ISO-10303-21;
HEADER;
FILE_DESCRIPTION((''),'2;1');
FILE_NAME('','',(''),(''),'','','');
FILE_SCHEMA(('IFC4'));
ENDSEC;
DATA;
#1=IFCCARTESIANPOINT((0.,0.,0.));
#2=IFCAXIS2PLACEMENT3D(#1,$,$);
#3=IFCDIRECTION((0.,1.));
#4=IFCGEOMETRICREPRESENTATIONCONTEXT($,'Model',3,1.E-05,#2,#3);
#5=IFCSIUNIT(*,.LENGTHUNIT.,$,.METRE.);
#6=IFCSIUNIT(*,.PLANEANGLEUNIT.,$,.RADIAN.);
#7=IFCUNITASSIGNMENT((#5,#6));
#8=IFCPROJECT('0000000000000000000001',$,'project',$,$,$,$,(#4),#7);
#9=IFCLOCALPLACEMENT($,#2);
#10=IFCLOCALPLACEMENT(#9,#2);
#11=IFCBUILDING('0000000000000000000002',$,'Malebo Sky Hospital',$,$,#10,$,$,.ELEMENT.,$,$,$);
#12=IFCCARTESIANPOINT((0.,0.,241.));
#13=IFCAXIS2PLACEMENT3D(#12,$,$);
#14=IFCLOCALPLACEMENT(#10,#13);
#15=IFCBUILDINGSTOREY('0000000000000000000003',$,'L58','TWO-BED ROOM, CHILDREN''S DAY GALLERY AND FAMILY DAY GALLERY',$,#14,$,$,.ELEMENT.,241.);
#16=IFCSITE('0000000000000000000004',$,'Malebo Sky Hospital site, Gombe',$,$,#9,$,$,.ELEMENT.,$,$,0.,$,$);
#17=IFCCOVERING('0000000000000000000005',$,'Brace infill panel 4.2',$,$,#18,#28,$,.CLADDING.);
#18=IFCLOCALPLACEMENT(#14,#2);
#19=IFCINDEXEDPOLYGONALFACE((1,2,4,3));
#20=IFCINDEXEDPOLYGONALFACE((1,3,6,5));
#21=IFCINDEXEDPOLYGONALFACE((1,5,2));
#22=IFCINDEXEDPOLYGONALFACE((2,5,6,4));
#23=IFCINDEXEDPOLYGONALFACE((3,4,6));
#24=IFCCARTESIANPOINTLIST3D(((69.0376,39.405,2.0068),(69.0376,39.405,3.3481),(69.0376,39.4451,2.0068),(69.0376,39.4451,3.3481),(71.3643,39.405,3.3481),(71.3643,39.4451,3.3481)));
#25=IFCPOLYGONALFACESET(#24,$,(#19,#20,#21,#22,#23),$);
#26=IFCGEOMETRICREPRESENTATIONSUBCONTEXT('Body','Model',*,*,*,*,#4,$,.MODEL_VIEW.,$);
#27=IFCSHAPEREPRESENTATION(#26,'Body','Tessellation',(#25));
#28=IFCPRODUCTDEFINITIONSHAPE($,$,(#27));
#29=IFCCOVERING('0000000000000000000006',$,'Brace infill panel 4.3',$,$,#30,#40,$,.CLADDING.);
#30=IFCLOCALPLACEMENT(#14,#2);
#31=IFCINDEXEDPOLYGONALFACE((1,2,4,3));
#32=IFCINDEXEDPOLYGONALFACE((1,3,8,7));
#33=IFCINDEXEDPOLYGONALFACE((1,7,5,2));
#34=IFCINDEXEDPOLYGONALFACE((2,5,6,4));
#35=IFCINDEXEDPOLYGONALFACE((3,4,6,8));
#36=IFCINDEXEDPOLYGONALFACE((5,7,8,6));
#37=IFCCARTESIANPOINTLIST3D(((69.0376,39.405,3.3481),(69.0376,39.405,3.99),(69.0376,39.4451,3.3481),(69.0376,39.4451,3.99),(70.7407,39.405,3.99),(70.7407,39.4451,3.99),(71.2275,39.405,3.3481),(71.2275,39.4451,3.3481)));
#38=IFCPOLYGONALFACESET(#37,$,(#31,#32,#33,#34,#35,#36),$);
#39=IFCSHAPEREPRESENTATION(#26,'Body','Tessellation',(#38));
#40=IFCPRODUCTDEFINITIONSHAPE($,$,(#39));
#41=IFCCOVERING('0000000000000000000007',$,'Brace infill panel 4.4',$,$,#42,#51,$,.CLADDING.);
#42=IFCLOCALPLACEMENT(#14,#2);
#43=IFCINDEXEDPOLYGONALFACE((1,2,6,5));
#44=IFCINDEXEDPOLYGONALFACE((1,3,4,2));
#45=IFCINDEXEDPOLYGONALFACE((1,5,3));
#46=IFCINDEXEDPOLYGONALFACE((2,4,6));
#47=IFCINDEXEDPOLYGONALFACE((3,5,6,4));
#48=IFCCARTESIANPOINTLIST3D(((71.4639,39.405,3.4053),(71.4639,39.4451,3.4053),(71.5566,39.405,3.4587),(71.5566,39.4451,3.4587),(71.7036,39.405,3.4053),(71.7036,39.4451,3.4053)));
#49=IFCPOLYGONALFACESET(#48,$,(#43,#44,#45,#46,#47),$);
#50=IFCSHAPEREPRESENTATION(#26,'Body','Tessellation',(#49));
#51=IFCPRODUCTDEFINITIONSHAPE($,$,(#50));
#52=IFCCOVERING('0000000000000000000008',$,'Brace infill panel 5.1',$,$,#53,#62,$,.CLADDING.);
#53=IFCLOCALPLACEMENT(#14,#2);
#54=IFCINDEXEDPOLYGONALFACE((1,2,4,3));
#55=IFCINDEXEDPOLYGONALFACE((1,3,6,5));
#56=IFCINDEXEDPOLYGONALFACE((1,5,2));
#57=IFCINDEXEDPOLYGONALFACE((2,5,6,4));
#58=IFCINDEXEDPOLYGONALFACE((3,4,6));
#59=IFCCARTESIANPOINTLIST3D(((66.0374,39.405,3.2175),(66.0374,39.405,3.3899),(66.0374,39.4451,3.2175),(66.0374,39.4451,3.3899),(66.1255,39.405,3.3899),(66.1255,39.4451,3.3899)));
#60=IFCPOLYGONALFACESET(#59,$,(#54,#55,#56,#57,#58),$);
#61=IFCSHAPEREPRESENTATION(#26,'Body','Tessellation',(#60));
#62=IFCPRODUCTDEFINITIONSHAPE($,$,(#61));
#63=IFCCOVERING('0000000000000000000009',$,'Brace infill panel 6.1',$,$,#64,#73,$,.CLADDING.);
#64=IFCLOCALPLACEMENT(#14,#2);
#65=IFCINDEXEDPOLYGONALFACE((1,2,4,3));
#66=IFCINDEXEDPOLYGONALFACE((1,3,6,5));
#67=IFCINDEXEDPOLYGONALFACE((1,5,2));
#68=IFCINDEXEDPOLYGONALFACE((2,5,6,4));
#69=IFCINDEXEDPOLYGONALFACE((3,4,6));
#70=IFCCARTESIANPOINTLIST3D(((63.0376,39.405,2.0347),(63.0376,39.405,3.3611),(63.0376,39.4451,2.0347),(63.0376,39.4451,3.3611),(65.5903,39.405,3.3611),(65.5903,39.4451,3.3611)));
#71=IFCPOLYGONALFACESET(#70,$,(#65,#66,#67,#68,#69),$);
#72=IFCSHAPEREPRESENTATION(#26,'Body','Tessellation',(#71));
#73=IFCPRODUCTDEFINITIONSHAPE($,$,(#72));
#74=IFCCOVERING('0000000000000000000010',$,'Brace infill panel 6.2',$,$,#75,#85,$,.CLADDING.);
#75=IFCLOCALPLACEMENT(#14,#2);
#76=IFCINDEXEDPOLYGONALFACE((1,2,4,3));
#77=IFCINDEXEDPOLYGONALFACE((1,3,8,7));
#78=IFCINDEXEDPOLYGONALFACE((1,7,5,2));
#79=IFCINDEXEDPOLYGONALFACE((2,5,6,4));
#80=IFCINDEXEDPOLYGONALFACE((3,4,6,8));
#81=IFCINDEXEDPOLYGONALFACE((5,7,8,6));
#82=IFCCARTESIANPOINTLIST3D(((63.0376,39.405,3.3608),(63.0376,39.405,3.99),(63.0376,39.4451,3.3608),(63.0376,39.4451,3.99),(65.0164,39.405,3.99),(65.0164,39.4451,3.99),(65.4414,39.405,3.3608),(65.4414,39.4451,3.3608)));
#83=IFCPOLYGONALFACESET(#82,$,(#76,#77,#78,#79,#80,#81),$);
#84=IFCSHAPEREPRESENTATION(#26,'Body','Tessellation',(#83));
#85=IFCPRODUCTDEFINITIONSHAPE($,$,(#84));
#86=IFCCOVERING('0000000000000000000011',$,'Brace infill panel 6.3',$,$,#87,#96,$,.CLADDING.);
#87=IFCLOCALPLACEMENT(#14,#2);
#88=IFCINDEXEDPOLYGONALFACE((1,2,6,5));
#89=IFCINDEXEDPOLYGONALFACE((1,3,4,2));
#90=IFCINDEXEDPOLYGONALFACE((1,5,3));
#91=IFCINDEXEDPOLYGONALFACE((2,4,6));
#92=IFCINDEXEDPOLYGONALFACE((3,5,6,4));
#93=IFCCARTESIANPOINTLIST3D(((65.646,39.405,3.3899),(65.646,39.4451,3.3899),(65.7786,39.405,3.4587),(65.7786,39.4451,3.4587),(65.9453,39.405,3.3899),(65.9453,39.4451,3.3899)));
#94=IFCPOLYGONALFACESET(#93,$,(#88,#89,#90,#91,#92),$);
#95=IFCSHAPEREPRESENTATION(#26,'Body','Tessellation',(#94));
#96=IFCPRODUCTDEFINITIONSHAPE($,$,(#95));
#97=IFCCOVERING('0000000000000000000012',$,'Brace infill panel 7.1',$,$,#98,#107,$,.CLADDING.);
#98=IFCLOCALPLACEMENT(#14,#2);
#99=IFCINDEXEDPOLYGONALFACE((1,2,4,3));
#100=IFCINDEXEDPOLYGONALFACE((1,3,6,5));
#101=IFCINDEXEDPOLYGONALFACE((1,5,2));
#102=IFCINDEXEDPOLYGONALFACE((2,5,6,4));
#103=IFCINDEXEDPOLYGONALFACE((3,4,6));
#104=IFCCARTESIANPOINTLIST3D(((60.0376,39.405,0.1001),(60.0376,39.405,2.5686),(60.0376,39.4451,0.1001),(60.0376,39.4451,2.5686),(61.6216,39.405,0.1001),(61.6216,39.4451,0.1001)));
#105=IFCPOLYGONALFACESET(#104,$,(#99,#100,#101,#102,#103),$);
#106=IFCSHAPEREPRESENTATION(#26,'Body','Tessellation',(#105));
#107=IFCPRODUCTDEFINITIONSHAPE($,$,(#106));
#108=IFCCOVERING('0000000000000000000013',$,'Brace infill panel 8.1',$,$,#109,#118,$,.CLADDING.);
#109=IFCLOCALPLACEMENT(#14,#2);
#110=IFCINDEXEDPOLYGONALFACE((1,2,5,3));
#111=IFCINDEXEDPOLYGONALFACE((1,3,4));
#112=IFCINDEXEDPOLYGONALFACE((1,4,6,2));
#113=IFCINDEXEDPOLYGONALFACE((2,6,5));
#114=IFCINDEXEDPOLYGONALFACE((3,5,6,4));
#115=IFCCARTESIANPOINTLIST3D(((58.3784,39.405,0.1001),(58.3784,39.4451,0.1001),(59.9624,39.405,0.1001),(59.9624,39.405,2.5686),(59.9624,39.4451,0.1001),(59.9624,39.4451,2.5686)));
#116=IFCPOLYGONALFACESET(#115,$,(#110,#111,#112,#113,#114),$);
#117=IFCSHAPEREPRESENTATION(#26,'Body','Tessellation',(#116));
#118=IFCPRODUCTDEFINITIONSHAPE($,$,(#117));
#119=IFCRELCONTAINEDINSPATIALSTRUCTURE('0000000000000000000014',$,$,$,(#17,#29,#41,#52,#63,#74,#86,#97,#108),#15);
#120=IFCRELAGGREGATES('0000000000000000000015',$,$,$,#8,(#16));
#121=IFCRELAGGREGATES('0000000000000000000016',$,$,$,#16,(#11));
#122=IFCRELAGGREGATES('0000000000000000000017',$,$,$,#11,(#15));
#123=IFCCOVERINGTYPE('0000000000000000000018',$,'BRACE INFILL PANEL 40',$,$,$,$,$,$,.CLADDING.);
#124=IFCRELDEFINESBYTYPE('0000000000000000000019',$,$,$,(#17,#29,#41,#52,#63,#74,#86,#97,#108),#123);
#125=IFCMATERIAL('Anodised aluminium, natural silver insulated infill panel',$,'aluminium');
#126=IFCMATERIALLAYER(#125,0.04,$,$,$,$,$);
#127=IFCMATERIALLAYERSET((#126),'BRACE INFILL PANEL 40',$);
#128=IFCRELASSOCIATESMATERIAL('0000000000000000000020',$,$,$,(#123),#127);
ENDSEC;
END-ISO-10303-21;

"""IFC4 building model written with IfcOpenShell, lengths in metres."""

from ifc_helpers import new_model, si_unit, direction, frame, origin, place, context, subcontext, project, spatial, polyline, outline, extrude, material, layer, layer_set, type_object, element, save


model = new_model("IFC4")

# Units and contexts
model_context = context("Model", 3, precision=1e-05, world=origin(), true_north=direction((0.0, 1.0)))
body_context = subcontext(model_context, "Body", "Model", "MODEL_VIEW")
ifc_project = project(units=[si_unit("LENGTHUNIT", "METRE"), si_unit("PLANEANGLEUNIT", "RADIAN")], contexts=[model_context])

# Site, building, storey
site_placement = place(None, origin())
site = spatial("IfcSite", under=ifc_project, at=site_placement, Name="Malebo Sky Hospital site, Gombe", CompositionType="ELEMENT", RefElevation=0.0)
building_placement = place(site_placement, origin())
building = spatial("IfcBuilding", under=site, at=building_placement, Name="Malebo Sky Hospital", CompositionType="ELEMENT")
storey_placement = place(building_placement, frame((0.0, 0.0, 241.0)))
storey = spatial("IfcBuildingStorey", under=building, at=storey_placement, Name="L58", Description="TWO-BED ROOM, CHILDREN'S DAY GALLERY AND FAMILY DAY GALLERY", CompositionType="ELEMENT", Elevation=241.0)

# Coverings
ifc_material_1 = material(Name="Anodised aluminium, natural silver insulated infill panel", Category="aluminium")
ifc_layer_1 = layer(ifc_material_1, 0.04)
ifc_layer_set_1 = layer_set([ifc_layer_1], Name="BRACE INFILL PANEL 40")
covering_type = type_object("IfcCoveringType", Name="BRACE INFILL PANEL 40", PredefinedType="CLADDING", material=ifc_layer_set_1)
covering_1_placement = place(storey_placement, frame((70.2009, 39.425, 2.0068), z_axis=(0.0, 0.0, 1.0), x_axis=(-1.0, 0.0, 0.0)))
element("IfcCovering", 1, at=covering_1_placement, inside=storey, type_object=covering_type, Name="Brace infill panel 4.2", PredefinedType="CLADDING", context=body_context, shape_type="SweptSolid", body=[
    extrude(outline(polyline([(1.1633, 0.0), (1.1633, 1.3413), (-1.1633, 1.3413), (1.1633, 0.0)])), frame((0.0, 0.02, 0.0), z_axis=(0.0, -1.0, 0.0), x_axis=(1.0, 0.0, 0.0)), (0.0, 0.0, 1.0), 0.04),
])
covering_2_placement = place(storey_placement, frame((70.1326, 39.425, 3.3481), z_axis=(0.0, 0.0, 1.0), x_axis=(-1.0, 0.0, 0.0)))
element("IfcCovering", 2, at=covering_2_placement, inside=storey, type_object=covering_type, Name="Brace infill panel 4.3", PredefinedType="CLADDING", context=body_context, shape_type="SweptSolid", body=[
    extrude(outline(polyline([(-1.095, 0.0), (1.095, 0.0), (1.095, 0.6418), (-0.6082, 0.6418), (-1.095, 0.0)])), frame((0.0, 0.02, 0.0), z_axis=(0.0, -1.0, 0.0), x_axis=(1.0, 0.0, 0.0)), (0.0, 0.0, 1.0), 0.04),
])
covering_3_placement = place(storey_placement, frame((71.5837, 39.425, 3.4053), z_axis=(0.0, 0.0, 1.0), x_axis=(-1.0, 0.0, 0.0)))
element("IfcCovering", 3, at=covering_3_placement, inside=storey, type_object=covering_type, Name="Brace infill panel 4.4", PredefinedType="CLADDING", context=body_context, shape_type="SweptSolid", body=[
    extrude(outline(polyline([(-0.1199, 0.0), (0.1199, 0.0), (0.0271, 0.0535), (-0.1199, 0.0)])), frame((0.0, 0.02, 0.0), z_axis=(0.0, -1.0, 0.0), x_axis=(1.0, 0.0, 0.0)), (0.0, 0.0, 1.0), 0.04),
])
covering_4_placement = place(storey_placement, frame((66.0815, 39.425, 3.2175), z_axis=(0.0, 0.0, 1.0), x_axis=(-1.0, 0.0, 0.0)))
element("IfcCovering", 4, at=covering_4_placement, inside=storey, type_object=covering_type, Name="Brace infill panel 5.1", PredefinedType="CLADDING", context=body_context, shape_type="SweptSolid", body=[
    extrude(outline(polyline([(0.0442, 0.0), (0.0442, 0.1724), (-0.0439, 0.1724), (0.0442, 0.0)])), frame((0.0, 0.02, 0.0), z_axis=(0.0, -1.0, 0.0), x_axis=(1.0, 0.0, 0.0)), (0.0, 0.0, 1.0), 0.04),
])
covering_5_placement = place(storey_placement, frame((64.314, 39.425, 2.0347), z_axis=(0.0, 0.0, 1.0), x_axis=(-1.0, 0.0, 0.0)))
element("IfcCovering", 5, at=covering_5_placement, inside=storey, type_object=covering_type, Name="Brace infill panel 6.1", PredefinedType="CLADDING", context=body_context, shape_type="SweptSolid", body=[
    extrude(outline(polyline([(1.2764, 0.0), (1.2764, 1.3264), (-1.2764, 1.3264), (1.2764, 0.0)])), frame((0.0, 0.02, 0.0), z_axis=(0.0, -1.0, 0.0), x_axis=(1.0, 0.0, 0.0)), (0.0, 0.0, 1.0), 0.04),
])
covering_6_placement = place(storey_placement, frame((64.2395, 39.425, 3.3608), z_axis=(0.0, 0.0, 1.0), x_axis=(-1.0, 0.0, 0.0)))
element("IfcCovering", 6, at=covering_6_placement, inside=storey, type_object=covering_type, Name="Brace infill panel 6.2", PredefinedType="CLADDING", context=body_context, shape_type="SweptSolid", body=[
    extrude(outline(polyline([(-1.2019, 0.0), (1.2019, 0.0), (1.2019, 0.6292), (-0.7769, 0.6292), (-1.2019, 0.0)])), frame((0.0, 0.02, 0.0), z_axis=(0.0, -1.0, 0.0), x_axis=(1.0, 0.0, 0.0)), (0.0, 0.0, 1.0), 0.04),
])
covering_7_placement = place(storey_placement, frame((65.7957, 39.425, 3.3899), z_axis=(0.0, 0.0, 1.0), x_axis=(-1.0, 0.0, 0.0)))
element("IfcCovering", 7, at=covering_7_placement, inside=storey, type_object=covering_type, Name="Brace infill panel 6.3", PredefinedType="CLADDING", context=body_context, shape_type="SweptSolid", body=[
    extrude(outline(polyline([(-0.1497, 0.0), (0.1497, 0.0), (0.0171, 0.0688), (-0.1497, 0.0)])), frame((0.0, 0.02, 0.0), z_axis=(0.0, -1.0, 0.0), x_axis=(1.0, 0.0, 0.0)), (0.0, 0.0, 1.0), 0.04),
])
covering_8_placement = place(storey_placement, frame((60.8296, 39.425, 0.1001), z_axis=(0.0, 0.0, 1.0), x_axis=(-1.0, 0.0, 0.0)))
element("IfcCovering", 8, at=covering_8_placement, inside=storey, type_object=covering_type, Name="Brace infill panel 7.1", PredefinedType="CLADDING", context=body_context, shape_type="SweptSolid", body=[
    extrude(outline(polyline([(-0.792, 0.0), (0.792, 0.0), (0.792, 2.4685), (-0.792, 0.0)])), frame((0.0, 0.02, 0.0), z_axis=(0.0, -1.0, 0.0), x_axis=(1.0, 0.0, 0.0)), (0.0, 0.0, 1.0), 0.04),
])
covering_9_placement = place(storey_placement, frame((59.1704, 39.425, 0.1001), z_axis=(0.0, 0.0, 1.0), x_axis=(-1.0, 0.0, 0.0)))
element("IfcCovering", 9, at=covering_9_placement, inside=storey, type_object=covering_type, Name="Brace infill panel 8.1", PredefinedType="CLADDING", context=body_context, shape_type="SweptSolid", body=[
    extrude(outline(polyline([(-0.792, 0.0), (0.792, 0.0), (-0.792, 2.4685), (-0.792, 0.0)])), frame((0.0, 0.02, 0.0), z_axis=(0.0, -1.0, 0.0), x_axis=(1.0, 0.0, 0.0)), (0.0, 0.0, 1.0), 0.04),
])

save(model, "model.ifc")
